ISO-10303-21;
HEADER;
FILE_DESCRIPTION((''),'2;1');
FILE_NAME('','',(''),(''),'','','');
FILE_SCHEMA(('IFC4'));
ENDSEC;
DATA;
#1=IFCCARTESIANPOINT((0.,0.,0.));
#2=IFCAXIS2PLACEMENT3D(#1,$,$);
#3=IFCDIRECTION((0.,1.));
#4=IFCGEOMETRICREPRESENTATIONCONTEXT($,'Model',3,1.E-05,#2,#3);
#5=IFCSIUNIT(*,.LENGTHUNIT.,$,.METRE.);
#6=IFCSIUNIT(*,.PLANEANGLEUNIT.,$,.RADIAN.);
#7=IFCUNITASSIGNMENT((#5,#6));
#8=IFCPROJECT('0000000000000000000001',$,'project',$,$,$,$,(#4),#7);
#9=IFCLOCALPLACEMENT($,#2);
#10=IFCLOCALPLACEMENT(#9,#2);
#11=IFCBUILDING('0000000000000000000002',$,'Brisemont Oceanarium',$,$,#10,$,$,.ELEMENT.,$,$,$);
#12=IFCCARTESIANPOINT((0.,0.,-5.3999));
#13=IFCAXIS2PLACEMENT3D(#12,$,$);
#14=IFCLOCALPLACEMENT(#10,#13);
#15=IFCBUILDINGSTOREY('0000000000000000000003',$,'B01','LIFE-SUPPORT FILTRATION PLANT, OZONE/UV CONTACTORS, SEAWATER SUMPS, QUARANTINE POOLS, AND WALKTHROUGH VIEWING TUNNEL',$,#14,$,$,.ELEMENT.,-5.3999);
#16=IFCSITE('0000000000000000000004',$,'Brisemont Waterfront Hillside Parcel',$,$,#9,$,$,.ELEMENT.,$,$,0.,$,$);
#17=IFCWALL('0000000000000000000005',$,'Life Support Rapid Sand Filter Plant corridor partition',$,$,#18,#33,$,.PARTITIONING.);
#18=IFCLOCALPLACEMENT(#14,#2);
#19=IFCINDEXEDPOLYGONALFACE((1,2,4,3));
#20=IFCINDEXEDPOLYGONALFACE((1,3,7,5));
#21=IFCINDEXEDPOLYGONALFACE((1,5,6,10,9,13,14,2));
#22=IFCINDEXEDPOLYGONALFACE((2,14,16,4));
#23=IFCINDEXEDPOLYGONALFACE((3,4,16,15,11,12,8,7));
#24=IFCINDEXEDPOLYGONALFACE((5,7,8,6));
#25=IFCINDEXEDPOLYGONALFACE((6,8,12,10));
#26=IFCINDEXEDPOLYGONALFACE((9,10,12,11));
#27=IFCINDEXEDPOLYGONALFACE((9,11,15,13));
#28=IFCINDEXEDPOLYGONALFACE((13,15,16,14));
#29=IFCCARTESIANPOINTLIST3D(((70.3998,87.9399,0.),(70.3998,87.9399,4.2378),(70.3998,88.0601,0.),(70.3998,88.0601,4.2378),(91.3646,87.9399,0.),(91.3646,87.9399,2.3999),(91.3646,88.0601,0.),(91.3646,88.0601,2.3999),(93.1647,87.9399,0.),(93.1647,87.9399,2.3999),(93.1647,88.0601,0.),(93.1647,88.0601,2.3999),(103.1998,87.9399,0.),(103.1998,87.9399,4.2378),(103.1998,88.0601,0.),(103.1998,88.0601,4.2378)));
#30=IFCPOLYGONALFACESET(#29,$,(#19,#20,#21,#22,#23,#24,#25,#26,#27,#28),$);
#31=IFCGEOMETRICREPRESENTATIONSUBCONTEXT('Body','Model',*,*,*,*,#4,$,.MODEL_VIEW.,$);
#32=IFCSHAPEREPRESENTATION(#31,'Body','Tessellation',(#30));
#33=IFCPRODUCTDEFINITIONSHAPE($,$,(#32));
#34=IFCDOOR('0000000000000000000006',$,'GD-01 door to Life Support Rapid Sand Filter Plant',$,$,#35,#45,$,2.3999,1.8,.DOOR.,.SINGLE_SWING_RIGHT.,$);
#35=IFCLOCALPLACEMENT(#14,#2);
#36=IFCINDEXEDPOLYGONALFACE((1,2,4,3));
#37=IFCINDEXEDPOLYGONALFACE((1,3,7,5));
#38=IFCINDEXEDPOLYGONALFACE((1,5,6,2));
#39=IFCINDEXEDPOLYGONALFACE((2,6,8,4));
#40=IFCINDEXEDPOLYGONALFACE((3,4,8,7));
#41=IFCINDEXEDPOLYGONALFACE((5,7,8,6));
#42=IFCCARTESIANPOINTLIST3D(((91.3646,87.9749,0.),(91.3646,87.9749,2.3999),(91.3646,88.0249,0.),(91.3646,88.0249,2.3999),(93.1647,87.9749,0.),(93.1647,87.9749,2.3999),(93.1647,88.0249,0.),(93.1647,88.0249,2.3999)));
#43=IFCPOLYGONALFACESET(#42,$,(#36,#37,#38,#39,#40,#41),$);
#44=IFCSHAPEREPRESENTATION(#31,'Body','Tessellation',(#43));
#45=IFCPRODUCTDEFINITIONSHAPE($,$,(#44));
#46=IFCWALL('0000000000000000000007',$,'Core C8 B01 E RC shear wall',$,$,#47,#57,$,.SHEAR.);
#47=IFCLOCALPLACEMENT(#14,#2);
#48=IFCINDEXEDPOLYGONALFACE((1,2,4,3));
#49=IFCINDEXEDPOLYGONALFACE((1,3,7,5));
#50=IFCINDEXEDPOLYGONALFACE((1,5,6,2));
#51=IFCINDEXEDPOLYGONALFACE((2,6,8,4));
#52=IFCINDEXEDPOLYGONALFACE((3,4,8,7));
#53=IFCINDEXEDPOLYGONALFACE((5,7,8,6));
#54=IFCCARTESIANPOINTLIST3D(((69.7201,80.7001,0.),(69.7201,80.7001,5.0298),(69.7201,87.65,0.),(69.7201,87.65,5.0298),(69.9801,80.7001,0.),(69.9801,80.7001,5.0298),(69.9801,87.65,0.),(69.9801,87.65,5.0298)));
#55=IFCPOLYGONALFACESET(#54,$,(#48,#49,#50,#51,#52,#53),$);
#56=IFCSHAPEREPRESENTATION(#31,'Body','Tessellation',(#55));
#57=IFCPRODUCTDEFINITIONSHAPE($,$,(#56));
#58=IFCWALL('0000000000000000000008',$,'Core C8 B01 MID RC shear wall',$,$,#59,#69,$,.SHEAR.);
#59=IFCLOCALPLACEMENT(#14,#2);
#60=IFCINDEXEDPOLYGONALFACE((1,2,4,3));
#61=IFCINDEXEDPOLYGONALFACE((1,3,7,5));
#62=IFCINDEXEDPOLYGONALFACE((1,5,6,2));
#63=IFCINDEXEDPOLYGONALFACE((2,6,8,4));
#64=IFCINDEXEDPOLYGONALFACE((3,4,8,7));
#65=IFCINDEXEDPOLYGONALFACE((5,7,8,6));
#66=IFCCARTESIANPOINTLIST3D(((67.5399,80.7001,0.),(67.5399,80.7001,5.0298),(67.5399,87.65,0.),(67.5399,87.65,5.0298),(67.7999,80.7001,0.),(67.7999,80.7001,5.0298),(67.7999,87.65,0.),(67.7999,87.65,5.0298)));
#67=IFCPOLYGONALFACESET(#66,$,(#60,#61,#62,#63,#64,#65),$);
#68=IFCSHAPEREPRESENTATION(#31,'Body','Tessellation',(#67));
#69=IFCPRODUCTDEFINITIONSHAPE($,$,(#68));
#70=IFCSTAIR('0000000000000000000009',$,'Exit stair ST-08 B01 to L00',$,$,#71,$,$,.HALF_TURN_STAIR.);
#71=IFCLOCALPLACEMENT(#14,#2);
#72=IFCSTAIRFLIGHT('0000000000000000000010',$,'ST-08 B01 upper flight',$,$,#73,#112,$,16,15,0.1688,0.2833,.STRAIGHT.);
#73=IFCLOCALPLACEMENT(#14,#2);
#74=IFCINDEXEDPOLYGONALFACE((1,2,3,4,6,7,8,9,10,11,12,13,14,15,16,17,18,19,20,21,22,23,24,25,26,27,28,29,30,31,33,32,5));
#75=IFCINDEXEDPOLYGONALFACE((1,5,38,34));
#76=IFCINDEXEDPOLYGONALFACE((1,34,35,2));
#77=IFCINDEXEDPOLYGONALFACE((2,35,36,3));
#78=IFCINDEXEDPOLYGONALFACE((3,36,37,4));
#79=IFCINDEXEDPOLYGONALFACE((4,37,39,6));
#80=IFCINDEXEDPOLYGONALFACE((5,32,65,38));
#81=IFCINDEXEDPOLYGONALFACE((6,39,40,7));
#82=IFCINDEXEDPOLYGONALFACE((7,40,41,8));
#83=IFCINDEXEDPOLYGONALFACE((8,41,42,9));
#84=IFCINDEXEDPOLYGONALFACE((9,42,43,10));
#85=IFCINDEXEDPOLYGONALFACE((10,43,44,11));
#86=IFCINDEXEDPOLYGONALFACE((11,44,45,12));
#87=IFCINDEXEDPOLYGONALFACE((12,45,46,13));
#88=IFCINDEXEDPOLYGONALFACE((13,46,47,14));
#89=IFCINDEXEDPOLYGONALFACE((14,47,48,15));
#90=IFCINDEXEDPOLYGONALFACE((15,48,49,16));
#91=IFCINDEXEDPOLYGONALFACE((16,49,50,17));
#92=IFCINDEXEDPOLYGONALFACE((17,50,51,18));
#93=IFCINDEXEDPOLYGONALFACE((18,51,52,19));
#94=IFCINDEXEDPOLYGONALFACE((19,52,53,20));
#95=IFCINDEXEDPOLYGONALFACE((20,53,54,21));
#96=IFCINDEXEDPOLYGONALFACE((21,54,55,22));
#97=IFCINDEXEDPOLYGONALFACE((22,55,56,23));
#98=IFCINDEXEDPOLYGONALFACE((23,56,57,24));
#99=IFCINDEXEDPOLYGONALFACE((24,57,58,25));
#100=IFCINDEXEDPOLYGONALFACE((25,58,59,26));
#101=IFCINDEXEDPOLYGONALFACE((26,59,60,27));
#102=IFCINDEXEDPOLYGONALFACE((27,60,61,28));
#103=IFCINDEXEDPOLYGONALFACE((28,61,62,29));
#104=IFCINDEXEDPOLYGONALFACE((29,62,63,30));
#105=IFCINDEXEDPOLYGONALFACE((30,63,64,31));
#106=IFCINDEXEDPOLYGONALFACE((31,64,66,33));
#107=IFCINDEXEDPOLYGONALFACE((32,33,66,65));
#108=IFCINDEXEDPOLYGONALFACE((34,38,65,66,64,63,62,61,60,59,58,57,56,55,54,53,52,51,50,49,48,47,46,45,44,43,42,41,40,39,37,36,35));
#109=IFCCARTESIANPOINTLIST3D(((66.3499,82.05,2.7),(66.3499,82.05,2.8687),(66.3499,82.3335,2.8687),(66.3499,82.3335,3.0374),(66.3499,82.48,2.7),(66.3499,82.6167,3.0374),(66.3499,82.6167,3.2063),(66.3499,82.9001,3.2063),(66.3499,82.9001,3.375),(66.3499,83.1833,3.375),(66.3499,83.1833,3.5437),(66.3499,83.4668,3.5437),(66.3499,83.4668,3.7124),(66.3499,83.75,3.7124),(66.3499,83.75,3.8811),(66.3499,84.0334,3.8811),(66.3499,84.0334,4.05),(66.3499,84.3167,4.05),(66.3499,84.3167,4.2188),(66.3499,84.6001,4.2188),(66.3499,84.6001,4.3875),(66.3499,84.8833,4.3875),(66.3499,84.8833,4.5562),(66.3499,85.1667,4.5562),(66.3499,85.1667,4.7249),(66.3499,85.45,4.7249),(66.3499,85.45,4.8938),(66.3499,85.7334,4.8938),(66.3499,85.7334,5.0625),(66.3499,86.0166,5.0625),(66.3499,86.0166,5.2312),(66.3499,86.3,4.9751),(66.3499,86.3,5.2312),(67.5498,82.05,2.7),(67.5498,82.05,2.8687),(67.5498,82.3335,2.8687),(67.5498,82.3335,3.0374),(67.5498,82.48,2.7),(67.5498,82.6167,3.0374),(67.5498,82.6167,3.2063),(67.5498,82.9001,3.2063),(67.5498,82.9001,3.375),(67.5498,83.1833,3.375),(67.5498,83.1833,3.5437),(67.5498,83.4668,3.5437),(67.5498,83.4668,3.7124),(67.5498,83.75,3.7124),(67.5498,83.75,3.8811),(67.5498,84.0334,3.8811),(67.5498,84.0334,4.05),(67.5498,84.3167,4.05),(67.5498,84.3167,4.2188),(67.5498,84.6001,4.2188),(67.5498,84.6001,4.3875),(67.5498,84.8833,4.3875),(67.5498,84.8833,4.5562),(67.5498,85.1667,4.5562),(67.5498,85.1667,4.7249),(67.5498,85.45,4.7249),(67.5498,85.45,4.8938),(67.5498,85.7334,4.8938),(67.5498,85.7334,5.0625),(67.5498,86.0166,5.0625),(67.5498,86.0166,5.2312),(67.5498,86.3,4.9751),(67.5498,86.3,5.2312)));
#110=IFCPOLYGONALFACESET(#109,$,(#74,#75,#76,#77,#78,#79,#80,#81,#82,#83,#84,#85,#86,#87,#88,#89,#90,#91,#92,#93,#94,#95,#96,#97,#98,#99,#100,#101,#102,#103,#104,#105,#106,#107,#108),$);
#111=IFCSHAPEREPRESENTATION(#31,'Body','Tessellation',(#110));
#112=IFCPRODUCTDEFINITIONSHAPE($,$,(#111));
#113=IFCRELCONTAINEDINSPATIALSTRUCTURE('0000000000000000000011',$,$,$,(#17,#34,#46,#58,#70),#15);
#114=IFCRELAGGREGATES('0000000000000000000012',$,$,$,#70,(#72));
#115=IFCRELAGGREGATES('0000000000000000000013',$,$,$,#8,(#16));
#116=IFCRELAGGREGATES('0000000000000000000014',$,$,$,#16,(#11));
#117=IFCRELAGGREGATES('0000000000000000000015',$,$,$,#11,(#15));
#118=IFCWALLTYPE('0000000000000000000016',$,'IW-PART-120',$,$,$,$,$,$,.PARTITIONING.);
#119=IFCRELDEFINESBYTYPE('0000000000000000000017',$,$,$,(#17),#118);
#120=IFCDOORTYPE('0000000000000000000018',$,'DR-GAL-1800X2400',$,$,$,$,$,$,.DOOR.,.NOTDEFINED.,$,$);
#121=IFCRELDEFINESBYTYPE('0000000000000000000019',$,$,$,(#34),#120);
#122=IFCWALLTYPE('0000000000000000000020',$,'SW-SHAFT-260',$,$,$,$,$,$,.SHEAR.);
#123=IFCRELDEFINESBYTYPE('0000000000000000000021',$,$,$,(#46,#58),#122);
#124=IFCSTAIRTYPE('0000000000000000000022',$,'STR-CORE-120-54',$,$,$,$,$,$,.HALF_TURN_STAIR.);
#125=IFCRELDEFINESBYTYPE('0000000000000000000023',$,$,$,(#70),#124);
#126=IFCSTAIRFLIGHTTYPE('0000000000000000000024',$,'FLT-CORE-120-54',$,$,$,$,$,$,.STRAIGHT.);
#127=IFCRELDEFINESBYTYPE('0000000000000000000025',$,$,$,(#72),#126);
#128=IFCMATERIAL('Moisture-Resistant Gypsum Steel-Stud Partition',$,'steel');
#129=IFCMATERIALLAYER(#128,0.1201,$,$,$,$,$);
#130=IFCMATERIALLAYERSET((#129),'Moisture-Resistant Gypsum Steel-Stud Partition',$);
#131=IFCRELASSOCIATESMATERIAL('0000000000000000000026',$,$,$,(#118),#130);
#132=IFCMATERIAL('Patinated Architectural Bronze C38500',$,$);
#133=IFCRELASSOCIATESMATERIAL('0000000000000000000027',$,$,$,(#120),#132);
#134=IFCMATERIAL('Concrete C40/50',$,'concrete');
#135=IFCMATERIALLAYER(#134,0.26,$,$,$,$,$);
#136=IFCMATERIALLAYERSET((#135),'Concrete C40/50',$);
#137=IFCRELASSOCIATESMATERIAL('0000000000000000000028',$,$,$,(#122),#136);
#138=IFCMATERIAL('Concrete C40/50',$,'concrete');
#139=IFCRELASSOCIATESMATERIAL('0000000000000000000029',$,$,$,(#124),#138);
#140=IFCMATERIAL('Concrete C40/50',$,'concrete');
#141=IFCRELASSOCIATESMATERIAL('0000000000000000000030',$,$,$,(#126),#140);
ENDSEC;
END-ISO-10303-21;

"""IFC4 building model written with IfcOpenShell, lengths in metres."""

from ifc_helpers import new_model, si_unit, direction, frame, frame_2d, origin, place, context, subcontext, project, spatial, polyline, rectangle, outline, extrude, material, layer, layer_set, type_object, element, fill, aggregate, save


model = new_model("IFC4")

# Units and contexts
model_context = context("Model", 3, precision=1e-05, world=origin(), true_north=direction((0.0, 1.0)))
body_context = subcontext(model_context, "Body", "Model", "MODEL_VIEW")
ifc_project = project(units=[si_unit("LENGTHUNIT", "METRE"), si_unit("PLANEANGLEUNIT", "RADIAN")], contexts=[model_context])

# Site, building, storey
site_placement = place(None, origin())
site = spatial("IfcSite", under=ifc_project, at=site_placement, Name="Brisemont Waterfront Hillside Parcel", CompositionType="ELEMENT", RefElevation=0.0)
building_placement = place(site_placement, origin())
building = spatial("IfcBuilding", under=site, at=building_placement, Name="Brisemont Oceanarium", CompositionType="ELEMENT")
storey_placement = place(building_placement, frame((0.0, 0.0, -5.3999)))
storey = spatial("IfcBuildingStorey", under=building, at=storey_placement, Name="B01", Description="LIFE-SUPPORT FILTRATION PLANT, OZONE/UV CONTACTORS, SEAWATER SUMPS, QUARANTINE POOLS, AND WALKTHROUGH VIEWING TUNNEL", CompositionType="ELEMENT", Elevation=-5.3999)

# Wall, opening, door
ifc_material_1 = material(Name="Moisture-Resistant Gypsum Steel-Stud Partition", Category="steel")
ifc_layer_1 = layer(ifc_material_1, 0.1201)
ifc_layer_set_1 = layer_set([ifc_layer_1], Name="Moisture-Resistant Gypsum Steel-Stud Partition")
wall_type_1 = type_object("IfcWallType", Name="IW-PART-120", PredefinedType="PARTITIONING", material=ifc_layer_set_1)
wall_1_placement = place(storey_placement, frame((70.3999, 88.0, 0.0), z_axis=(0.0, 0.0, 1.0), x_axis=(1.0, 0.0, 0.0)))
wall_1 = element("IfcWall", 1, at=wall_1_placement, inside=storey, type_object=wall_type_1, Name="Life Support Rapid Sand Filter Plant corridor partition", PredefinedType="PARTITIONING", context=body_context, shape_type="SweptSolid", body=[
    extrude(rectangle(XDim=32.8, YDim=0.1201, at=frame_2d((16.3999, 0.0))), origin(), (0.0, 0.0, 1.0), 4.2378),
])
opening_1_placement = place(wall_1_placement, frame((20.9648, 0.0, 0.0)))
opening_1 = element("IfcOpeningElement", 2, at=opening_1_placement, cuts=wall_1, PredefinedType="OPENING", context=body_context, shape_type="SweptSolid", body=[
    extrude(rectangle(XDim=1.8, YDim=2.3999, at=frame_2d((0.8999, 1.2))), frame((0.0, 0.0701, 0.0), z_axis=(0.0, -1.0, 0.0), x_axis=(1.0, 0.0, 0.0)), (0.0, 0.0, 1.0), 0.1401),
])
ifc_material_2 = material(Name="Patinated Architectural Bronze C38500")
door_type_1 = type_object("IfcDoorType", Name="DR-GAL-1800X2400", OperationType="NOTDEFINED", PredefinedType="DOOR", material=ifc_material_2)
door_1_placement = place(opening_1_placement, origin())
door_1 = element("IfcDoor", 3, at=door_1_placement, inside=storey, type_object=door_type_1, Name="GD-01 door to Life Support Rapid Sand Filter Plant", OperationType="SINGLE_SWING_RIGHT", OverallHeight=2.3999, OverallWidth=1.8, PredefinedType="DOOR", context=body_context, shape_type="SweptSolid", body=[
    extrude(rectangle(XDim=1.8, YDim=2.3999, at=frame_2d((0.8999, 1.2))), frame((0.0, 0.0249, 0.0), z_axis=(0.0, -1.0, 0.0), x_axis=(1.0, 0.0, 0.0)), (0.0, 0.0, 1.0), 0.05),
])
fill(opening_1, door_1)

# Walls
ifc_material_3 = material(Name="Concrete C40/50", Category="concrete")
ifc_layer_2 = layer(ifc_material_3, 0.26)
ifc_layer_set_2 = layer_set([ifc_layer_2], Name="Concrete C40/50")
wall_type_2 = type_object("IfcWallType", Name="SW-SHAFT-260", PredefinedType="SHEAR", material=ifc_layer_set_2)
for number, where, z_axis, x_axis, name in (
    (4, (69.8501, 80.7, 0.0), (0.0, 0.0, 1.0), (0.0, 1.0, 0.0), "Core C8 B01 E RC shear wall"),
    (5, (67.6699, 80.7, 0.0), (0.0, 0.0, 1.0), (0.0, 1.0, 0.0), "Core C8 B01 MID RC shear wall"),
):
    element("IfcWall", number, at=place(storey_placement, frame(where, z_axis=z_axis, x_axis=x_axis)), inside=storey, type_object=wall_type_2, Name=name, PredefinedType="SHEAR", context=body_context, shape_type="SweptSolid", body=[
        extrude(rectangle(XDim=6.95, YDim=0.26, at=frame_2d((3.4751, 0.0))), origin(), (0.0, 0.0, 1.0), 5.0298),
    ])

# Stair, stair flight
ifc_material_4 = material(Name="Concrete C40/50", Category="concrete")
stair_type = type_object("IfcStairType", Name="STR-CORE-120-54", PredefinedType="HALF_TURN_STAIR", material=ifc_material_4)
stair_placement = place(storey_placement, origin())
stair = element("IfcStair", 6, at=stair_placement, inside=storey, type_object=stair_type, Name="Exit stair ST-08 B01 to L00", PredefinedType="HALF_TURN_STAIR")
ifc_material_5 = material(Name="Concrete C40/50", Category="concrete")
stair_flight_type = type_object("IfcStairFlightType", Name="FLT-CORE-120-54", PredefinedType="STRAIGHT", material=ifc_material_5)
stair_flight_placement = place(storey_placement, frame((66.95, 82.05, 2.7), z_axis=(0.0, 0.0, 1.0), x_axis=(0.0, 1.0, 0.0)))
stair_flight = element("IfcStairFlight", 7, at=stair_flight_placement, type_object=stair_flight_type, Name="ST-08 B01 upper flight", NumberOfRisers=16, NumberOfTreads=15, PredefinedType="STRAIGHT", RiserHeight=0.1688, TreadLength=0.2833, context=body_context, shape_type="SweptSolid", body=[
    extrude(outline(polyline([(0.0, 0.0), (0.0, 0.1687), (0.2834, 0.1687), (0.2834, 0.3374), (0.5667, 0.3374), (0.5667, 0.5063), (0.8501, 0.5063), (0.8501, 0.675), (1.1333, 0.675), (1.1333, 0.8438), (1.4167, 0.8438), (1.4167, 1.0125), (1.7, 1.0125), (1.7, 1.1812), (1.9834, 1.1812), (1.9834, 1.3501), (2.2666, 1.3501), (2.2666, 1.5188), (2.55, 1.5188), (2.55, 1.6875), (2.8333, 1.6875), (2.8333, 1.8562), (3.1167, 1.8562), (3.1167, 2.0249), (3.3999, 2.0249), (3.3999, 2.1938), (3.6833, 2.1938), (3.6833, 2.3625), (3.9666, 2.3625), (3.9666, 2.5312), (4.25, 2.5312), (4.25, 2.7), (4.25, 2.2751), (0.4299, 0.0), (0.0, 0.0)])), frame((0.0, 0.6001, 0.0), z_axis=(0.0, -1.0, 0.0), x_axis=(1.0, 0.0, 0.0)), (0.0, 0.0, 1.0), 1.2),
])
aggregate(stair, [stair_flight])

save(model, "model.ifc")
